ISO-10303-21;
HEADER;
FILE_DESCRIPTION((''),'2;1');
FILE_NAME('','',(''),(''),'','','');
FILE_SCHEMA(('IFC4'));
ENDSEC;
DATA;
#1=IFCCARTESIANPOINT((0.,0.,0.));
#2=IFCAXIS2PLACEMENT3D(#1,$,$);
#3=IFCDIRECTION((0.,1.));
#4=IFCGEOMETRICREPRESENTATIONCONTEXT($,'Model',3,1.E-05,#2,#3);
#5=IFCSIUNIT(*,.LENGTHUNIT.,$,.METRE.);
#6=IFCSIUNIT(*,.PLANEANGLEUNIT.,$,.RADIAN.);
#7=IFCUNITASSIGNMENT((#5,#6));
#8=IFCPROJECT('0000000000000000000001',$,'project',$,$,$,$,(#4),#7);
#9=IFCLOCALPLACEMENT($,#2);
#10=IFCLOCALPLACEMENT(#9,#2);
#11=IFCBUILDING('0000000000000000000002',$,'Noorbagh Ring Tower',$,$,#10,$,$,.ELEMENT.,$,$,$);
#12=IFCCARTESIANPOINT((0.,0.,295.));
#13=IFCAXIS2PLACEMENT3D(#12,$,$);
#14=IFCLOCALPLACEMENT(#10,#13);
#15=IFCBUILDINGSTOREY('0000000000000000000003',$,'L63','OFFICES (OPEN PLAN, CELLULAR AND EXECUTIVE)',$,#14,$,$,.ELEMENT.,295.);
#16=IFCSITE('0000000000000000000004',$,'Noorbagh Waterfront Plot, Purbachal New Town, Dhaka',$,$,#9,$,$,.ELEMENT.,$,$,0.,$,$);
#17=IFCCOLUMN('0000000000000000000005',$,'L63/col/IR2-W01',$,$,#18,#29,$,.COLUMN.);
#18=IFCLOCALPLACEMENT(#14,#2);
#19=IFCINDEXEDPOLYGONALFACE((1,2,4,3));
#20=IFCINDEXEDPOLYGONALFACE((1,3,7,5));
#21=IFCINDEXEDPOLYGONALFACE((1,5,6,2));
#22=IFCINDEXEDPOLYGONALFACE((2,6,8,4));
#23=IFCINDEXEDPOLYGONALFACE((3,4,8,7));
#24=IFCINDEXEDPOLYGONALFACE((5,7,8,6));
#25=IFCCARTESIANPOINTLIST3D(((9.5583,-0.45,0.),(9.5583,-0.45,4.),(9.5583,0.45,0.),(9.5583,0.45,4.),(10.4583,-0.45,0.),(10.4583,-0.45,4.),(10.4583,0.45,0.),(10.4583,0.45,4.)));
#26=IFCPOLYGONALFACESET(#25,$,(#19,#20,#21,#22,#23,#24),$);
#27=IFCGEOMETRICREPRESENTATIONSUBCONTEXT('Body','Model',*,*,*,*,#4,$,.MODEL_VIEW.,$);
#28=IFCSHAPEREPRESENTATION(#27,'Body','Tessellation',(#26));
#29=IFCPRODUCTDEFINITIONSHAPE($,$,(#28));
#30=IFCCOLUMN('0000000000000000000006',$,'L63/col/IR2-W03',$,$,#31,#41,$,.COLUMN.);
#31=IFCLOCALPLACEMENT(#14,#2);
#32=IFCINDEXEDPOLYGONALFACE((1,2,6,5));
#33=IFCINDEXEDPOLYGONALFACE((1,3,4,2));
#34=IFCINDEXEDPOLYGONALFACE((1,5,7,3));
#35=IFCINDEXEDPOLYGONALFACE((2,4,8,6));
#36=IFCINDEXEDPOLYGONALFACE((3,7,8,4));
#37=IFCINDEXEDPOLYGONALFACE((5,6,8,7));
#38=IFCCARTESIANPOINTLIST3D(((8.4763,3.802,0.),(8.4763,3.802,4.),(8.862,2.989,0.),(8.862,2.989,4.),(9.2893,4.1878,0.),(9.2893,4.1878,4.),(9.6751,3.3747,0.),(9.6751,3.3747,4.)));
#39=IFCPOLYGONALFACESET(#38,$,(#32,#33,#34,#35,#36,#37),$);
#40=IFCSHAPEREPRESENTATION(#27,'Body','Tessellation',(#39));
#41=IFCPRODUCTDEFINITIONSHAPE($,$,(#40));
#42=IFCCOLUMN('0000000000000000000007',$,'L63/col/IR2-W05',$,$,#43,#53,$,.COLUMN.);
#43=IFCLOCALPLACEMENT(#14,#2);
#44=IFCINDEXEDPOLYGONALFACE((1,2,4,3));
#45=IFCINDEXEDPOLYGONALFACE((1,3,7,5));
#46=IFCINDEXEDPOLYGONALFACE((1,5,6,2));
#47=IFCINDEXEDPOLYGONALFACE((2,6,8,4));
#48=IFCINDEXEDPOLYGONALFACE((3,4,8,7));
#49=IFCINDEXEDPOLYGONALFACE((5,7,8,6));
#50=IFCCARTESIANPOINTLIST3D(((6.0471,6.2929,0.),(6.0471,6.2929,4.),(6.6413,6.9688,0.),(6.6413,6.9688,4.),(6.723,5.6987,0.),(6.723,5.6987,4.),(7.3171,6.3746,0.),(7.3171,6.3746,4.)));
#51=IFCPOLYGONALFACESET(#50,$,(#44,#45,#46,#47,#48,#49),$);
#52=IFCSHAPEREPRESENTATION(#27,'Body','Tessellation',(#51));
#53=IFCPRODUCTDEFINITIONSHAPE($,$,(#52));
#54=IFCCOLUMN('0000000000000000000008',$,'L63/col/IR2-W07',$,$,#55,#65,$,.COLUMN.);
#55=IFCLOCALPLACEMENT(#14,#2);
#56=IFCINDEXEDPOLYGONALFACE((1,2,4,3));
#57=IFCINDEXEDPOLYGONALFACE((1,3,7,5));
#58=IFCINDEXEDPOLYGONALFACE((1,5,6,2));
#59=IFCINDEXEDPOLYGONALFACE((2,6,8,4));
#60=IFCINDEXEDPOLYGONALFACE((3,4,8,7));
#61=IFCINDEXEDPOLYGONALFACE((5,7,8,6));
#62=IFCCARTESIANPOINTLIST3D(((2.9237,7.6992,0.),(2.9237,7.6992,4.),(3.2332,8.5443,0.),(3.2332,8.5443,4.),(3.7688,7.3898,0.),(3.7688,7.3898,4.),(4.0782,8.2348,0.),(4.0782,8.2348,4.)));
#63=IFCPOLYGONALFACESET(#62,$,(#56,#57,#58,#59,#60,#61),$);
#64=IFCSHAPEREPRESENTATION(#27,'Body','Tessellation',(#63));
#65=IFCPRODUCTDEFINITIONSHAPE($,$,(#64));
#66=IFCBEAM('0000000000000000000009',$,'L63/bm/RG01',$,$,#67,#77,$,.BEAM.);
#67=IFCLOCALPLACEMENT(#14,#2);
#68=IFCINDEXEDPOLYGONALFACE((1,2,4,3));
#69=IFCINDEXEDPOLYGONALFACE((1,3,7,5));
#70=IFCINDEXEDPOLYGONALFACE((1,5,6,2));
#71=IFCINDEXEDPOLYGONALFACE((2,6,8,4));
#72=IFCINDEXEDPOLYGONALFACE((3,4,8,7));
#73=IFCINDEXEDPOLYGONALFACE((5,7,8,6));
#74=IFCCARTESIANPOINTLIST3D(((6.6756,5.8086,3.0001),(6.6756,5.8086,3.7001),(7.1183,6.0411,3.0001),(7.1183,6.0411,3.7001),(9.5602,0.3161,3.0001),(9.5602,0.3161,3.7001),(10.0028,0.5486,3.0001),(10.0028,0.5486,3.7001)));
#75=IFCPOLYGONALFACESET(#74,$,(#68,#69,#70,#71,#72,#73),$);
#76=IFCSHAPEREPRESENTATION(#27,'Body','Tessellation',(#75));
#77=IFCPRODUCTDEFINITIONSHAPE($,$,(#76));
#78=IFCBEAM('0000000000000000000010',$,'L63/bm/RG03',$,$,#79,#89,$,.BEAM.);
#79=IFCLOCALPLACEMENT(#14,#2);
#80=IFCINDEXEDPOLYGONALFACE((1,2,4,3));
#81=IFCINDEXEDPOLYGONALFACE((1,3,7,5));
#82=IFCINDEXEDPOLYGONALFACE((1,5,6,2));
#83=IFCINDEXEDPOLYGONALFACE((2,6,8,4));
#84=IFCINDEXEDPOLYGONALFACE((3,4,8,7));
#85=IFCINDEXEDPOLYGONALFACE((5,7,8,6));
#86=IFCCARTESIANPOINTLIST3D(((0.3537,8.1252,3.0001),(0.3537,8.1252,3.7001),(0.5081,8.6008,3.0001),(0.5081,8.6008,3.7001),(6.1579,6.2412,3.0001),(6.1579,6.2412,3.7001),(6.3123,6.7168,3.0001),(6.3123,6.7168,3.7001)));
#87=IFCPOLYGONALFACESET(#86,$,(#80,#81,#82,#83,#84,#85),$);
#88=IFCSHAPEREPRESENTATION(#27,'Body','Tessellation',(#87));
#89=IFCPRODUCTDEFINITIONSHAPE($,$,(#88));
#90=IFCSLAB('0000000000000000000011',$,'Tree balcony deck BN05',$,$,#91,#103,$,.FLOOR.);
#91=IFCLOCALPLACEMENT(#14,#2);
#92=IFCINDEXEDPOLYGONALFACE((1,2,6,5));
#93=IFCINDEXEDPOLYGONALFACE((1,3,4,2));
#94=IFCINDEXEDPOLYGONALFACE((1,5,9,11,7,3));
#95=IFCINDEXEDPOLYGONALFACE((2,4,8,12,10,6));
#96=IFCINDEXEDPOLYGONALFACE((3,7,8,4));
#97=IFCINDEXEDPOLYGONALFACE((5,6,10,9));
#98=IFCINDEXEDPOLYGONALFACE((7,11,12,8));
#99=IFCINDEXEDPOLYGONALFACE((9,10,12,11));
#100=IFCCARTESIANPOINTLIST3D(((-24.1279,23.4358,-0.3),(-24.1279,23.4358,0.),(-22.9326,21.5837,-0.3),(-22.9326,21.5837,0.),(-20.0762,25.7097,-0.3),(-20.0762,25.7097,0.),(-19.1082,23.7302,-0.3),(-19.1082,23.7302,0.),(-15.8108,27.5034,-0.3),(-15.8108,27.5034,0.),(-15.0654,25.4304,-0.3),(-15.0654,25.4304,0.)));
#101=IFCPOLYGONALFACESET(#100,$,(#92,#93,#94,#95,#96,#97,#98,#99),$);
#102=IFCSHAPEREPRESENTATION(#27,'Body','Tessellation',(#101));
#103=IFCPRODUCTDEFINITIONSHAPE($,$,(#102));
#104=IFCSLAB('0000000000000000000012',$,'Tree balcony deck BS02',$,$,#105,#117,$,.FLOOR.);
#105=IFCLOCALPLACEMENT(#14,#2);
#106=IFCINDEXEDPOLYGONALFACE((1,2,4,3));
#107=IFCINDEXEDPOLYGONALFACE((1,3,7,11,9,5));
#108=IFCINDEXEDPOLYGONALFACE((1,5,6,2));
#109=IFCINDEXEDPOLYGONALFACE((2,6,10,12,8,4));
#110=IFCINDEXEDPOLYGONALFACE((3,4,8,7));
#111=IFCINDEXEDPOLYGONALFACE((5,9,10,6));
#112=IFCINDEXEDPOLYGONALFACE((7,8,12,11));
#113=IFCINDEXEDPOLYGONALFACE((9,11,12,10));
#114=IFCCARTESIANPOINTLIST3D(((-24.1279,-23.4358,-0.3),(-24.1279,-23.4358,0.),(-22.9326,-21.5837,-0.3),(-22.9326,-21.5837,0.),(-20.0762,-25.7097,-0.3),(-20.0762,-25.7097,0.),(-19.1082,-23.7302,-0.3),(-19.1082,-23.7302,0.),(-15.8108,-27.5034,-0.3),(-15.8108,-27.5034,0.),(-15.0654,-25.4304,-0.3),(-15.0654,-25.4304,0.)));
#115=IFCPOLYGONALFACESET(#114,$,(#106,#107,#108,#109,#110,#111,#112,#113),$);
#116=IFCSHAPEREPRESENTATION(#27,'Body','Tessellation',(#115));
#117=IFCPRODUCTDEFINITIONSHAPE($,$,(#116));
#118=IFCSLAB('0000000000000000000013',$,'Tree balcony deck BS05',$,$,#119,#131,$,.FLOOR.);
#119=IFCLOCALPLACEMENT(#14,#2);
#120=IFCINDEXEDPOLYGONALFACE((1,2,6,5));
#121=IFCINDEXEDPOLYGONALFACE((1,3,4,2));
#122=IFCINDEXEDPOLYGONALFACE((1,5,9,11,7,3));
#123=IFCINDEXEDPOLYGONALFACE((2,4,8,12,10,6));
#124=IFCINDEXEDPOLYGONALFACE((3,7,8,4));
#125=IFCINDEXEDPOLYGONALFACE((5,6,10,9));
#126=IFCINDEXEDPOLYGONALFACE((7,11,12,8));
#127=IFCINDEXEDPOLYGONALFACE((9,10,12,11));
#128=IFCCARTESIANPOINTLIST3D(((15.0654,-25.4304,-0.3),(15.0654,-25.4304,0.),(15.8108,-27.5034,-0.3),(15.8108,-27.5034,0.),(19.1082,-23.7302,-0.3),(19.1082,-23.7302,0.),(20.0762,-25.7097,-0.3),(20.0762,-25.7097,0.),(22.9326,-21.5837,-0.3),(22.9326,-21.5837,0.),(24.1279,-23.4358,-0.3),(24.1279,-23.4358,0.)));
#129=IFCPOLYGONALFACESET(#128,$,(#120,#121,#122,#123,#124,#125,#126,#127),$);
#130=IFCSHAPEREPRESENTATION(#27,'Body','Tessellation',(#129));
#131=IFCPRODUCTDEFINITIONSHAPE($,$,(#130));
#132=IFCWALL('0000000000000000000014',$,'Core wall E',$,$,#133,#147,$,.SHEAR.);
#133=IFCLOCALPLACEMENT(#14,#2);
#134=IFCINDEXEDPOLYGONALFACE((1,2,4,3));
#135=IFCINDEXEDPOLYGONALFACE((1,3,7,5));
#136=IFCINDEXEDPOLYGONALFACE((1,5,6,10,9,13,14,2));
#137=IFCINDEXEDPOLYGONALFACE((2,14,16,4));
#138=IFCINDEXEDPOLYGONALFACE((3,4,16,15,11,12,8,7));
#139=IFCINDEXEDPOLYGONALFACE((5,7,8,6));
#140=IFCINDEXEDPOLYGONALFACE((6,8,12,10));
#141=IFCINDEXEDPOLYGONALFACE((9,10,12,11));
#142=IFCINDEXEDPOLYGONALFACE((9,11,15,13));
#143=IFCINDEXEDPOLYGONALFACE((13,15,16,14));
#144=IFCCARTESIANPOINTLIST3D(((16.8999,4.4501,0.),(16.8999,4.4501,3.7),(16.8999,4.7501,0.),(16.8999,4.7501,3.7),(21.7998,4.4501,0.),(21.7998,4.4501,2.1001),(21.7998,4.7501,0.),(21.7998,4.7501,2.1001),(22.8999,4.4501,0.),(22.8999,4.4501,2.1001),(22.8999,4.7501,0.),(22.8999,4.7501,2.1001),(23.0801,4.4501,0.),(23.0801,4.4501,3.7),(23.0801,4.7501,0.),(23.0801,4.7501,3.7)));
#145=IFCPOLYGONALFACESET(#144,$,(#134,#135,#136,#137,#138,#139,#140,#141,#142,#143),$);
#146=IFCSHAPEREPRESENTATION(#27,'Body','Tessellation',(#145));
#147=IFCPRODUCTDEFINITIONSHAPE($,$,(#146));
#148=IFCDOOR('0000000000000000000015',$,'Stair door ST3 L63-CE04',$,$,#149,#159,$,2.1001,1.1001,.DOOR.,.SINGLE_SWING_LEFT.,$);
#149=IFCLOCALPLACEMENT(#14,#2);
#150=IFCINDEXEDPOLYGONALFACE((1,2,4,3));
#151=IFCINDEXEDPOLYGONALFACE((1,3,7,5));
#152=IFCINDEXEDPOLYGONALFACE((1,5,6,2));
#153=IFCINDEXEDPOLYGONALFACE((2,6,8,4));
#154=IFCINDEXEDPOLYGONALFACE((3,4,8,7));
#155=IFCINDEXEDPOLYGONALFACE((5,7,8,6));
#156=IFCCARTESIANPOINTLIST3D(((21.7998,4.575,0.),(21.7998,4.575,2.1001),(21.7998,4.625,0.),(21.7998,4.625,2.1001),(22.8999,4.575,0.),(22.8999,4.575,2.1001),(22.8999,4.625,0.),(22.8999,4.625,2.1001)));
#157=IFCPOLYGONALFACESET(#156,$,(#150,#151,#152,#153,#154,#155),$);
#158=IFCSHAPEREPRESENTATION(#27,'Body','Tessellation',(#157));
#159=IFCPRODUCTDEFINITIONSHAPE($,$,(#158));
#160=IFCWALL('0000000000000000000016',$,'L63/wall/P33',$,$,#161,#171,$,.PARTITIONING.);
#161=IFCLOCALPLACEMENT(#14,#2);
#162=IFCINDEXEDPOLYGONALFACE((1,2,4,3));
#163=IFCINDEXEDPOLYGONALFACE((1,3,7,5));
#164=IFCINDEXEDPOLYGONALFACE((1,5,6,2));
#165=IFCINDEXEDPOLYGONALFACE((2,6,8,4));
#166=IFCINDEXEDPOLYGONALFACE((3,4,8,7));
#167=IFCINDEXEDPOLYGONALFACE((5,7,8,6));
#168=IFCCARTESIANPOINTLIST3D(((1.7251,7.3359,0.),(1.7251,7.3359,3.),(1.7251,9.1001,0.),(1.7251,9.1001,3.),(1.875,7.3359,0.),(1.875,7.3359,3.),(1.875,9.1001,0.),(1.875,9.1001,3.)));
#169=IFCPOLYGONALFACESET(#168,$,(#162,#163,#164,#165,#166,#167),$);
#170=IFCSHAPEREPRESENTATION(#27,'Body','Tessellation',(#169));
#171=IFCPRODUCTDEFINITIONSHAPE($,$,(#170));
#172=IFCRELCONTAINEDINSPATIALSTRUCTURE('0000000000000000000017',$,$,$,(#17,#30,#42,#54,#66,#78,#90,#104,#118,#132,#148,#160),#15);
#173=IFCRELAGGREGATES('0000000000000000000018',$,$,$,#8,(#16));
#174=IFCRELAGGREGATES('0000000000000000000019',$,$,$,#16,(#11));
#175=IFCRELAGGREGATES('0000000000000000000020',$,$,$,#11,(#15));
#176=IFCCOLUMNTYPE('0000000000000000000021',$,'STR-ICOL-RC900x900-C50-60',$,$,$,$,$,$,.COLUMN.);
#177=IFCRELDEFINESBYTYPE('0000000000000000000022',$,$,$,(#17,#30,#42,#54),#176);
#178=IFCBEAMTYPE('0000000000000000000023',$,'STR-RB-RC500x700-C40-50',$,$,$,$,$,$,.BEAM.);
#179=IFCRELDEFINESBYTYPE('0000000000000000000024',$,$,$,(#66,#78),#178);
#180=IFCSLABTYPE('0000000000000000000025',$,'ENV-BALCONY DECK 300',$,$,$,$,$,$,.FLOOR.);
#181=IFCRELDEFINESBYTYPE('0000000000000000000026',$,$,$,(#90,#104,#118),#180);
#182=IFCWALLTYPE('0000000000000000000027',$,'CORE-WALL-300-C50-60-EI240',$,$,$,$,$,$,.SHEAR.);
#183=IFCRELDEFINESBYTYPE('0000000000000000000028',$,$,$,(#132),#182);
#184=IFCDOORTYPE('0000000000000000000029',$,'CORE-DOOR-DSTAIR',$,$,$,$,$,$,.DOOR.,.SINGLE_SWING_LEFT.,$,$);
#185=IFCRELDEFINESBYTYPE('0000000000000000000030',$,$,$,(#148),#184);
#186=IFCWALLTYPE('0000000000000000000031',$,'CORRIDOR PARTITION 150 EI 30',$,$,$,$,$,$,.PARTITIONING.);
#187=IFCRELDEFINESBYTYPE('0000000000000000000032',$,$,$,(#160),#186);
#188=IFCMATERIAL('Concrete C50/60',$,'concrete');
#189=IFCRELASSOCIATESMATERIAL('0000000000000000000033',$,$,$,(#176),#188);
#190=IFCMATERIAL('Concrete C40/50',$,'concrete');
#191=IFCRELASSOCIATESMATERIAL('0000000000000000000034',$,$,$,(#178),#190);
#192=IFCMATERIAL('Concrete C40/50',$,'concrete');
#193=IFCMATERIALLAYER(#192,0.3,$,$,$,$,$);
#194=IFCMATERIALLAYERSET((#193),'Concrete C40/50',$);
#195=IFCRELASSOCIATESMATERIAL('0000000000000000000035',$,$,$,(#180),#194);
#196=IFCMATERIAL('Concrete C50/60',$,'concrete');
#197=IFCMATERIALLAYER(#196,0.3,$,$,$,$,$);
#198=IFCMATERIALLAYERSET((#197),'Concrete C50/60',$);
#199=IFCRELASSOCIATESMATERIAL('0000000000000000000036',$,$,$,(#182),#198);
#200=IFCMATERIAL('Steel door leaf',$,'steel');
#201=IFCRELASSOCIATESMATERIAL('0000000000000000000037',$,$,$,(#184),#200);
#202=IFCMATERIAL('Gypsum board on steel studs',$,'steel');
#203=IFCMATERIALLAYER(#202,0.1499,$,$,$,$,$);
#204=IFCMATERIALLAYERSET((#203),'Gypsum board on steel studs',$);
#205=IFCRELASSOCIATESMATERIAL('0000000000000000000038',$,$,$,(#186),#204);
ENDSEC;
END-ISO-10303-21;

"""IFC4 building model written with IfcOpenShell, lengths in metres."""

from ifc_helpers import new_model, si_unit, direction, frame, frame_2d, origin, origin_2d, place, context, subcontext, project, spatial, polyline, rectangle, outline, extrude, material, layer, layer_set, material_profile, profile_set, type_object, element, fill, save


model = new_model("IFC4")

# Units and contexts
model_context = context("Model", 3, precision=1e-05, world=origin(), true_north=direction((0.0, 1.0)))
body_context = subcontext(model_context, "Body", "Model", "MODEL_VIEW")
ifc_project = project(units=[si_unit("LENGTHUNIT", "METRE"), si_unit("PLANEANGLEUNIT", "RADIAN")], contexts=[model_context])

# Site, building, storey
site_placement = place(None, origin())
site = spatial("IfcSite", under=ifc_project, at=site_placement, Name="Noorbagh Waterfront Plot, Purbachal New Town, Dhaka", CompositionType="ELEMENT", RefElevation=0.0)
building_placement = place(site_placement, origin())
building = spatial("IfcBuilding", under=site, at=building_placement, Name="Noorbagh Ring Tower", CompositionType="ELEMENT")
storey_placement = place(building_placement, frame((0.0, 0.0, 295.0)))
storey = spatial("IfcBuildingStorey", under=building, at=storey_placement, Name="L63", Description="OFFICES (OPEN PLAN, CELLULAR AND EXECUTIVE)", CompositionType="ELEMENT", Elevation=295.0)

# Columns
ifc_material_1 = material(Name="Concrete C50/60", Category="concrete")
ifc_material_profile_1 = material_profile(ifc_material_1, rectangle(XDim=0.8999, YDim=0.8999, at=origin_2d()), Name="RC900x900")
ifc_profile_set_1 = profile_set([ifc_material_profile_1], Name="Concrete C50/60")
column_type = type_object("IfcColumnType", Name="STR-ICOL-RC900x900-C50-60", PredefinedType="COLUMN", material=ifc_profile_set_1)
for number, where, z_axis, x_axis, name in (
    (1, (10.0083, 0.0, 0.0), (0.0, 0.0, 1.0), (0.0, 1.0, 0.0), "L63/col/IR2-W01"),
    (2, (9.0757, 3.5884, 0.0), (0.0, 0.0, 1.0), (-0.428667, 0.903463, 0.0), "L63/col/IR2-W03"),
    (3, (6.6821, 6.3337, 0.0), (0.0, 0.0, 1.0), (-0.751022, 0.660277, 0.0), "L63/col/IR2-W05"),
    (4, (3.501, 7.967, 0.0), (0.0, 0.0, 1.0), (-0.93902, 0.343864, 0.0), "L63/col/IR2-W07"),
):
    element("IfcColumn", number, at=place(storey_placement, frame(where, z_axis=z_axis, x_axis=x_axis)), inside=storey, type_object=column_type, Name=name, PredefinedType="COLUMN", context=body_context, shape_type="SweptSolid", body=[
        extrude(rectangle(XDim=0.8999, YDim=0.8999, at=origin_2d()), origin(), (0.0, 0.0, 1.0), 4.0),
    ])

# Beams
ifc_material_2 = material(Name="Concrete C40/50", Category="concrete")
ifc_material_profile_2 = material_profile(ifc_material_2, rectangle(XDim=0.5, YDim=0.7, at=origin_2d()), Name="RC500x700")
ifc_profile_set_2 = profile_set([ifc_material_profile_2], Name="Concrete C40/50")
beam_type = type_object("IfcBeamType", Name="STR-RB-RC500x700-C40-50", PredefinedType="BEAM", material=ifc_profile_set_2)
beam_1_placement = place(storey_placement, frame((9.7815, 0.4324, 3.3501), z_axis=(-0.46496, 0.885332, 0.0), x_axis=(-0.885332, -0.46496, 0.0)))
element("IfcBeam", 5, at=beam_1_placement, inside=storey, type_object=beam_type, Name="L63/bm/RG01", PredefinedType="BEAM", context=body_context, shape_type="SweptSolid", body=[
    extrude(rectangle(XDim=0.5, YDim=0.7, at=origin_2d()), origin(), (0.0, 0.0, 1.0), 6.2039),
])
beam_2_placement = place(storey_placement, frame((6.2351, 6.479, 3.3501), z_axis=(-0.951146, 0.30874, 0.0), x_axis=(-0.30874, -0.951146, 0.0)))
element("IfcBeam", 6, at=beam_2_placement, inside=storey, type_object=beam_type, Name="L63/bm/RG03", PredefinedType="BEAM", context=body_context, shape_type="SweptSolid", body=[
    extrude(rectangle(XDim=0.5, YDim=0.7, at=origin_2d()), origin(), (0.0, 0.0, 1.0), 6.1023),
])

# Slabs
ifc_material_3 = material(Name="Concrete C40/50", Category="concrete")
ifc_layer_1 = layer(ifc_material_3, 0.3)
ifc_layer_set_1 = layer_set([ifc_layer_1], Name="Concrete C40/50")
slab_type = type_object("IfcSlabType", Name="ENV-BALCONY DECK 300", PredefinedType="FLOOR", material=ifc_layer_set_1)
slab_1_placement = place(storey_placement, frame((0.0, 0.0, -0.3)))
element("IfcSlab", 7, at=slab_1_placement, inside=storey, type_object=slab_type, Name="Tree balcony deck BN05", PredefinedType="FLOOR", context=body_context, shape_type="SweptSolid", body=[
    extrude(outline(polyline([(-15.8108, 27.5034), (-20.0762, 25.7097), (-24.1279, 23.4358), (-22.9326, 21.5837), (-19.1082, 23.7302), (-15.0654, 25.4304), (-15.8108, 27.5034)])), origin(), (0.0, 0.0, 1.0), 0.3),
])
slab_2_placement = place(storey_placement, frame((0.0, 0.0, -0.3)))
element("IfcSlab", 8, at=slab_2_placement, inside=storey, type_object=slab_type, Name="Tree balcony deck BS02", PredefinedType="FLOOR", context=body_context, shape_type="SweptSolid", body=[
    extrude(outline(polyline([(-24.1279, -23.4358), (-20.0762, -25.7097), (-15.8108, -27.5034), (-15.0654, -25.4304), (-19.1082, -23.7302), (-22.9326, -21.5837), (-24.1279, -23.4358)])), origin(), (0.0, 0.0, 1.0), 0.3),
])
slab_3_placement = place(storey_placement, frame((0.0, 0.0, -0.3)))
element("IfcSlab", 9, at=slab_3_placement, inside=storey, type_object=slab_type, Name="Tree balcony deck BS05", PredefinedType="FLOOR", context=body_context, shape_type="SweptSolid", body=[
    extrude(outline(polyline([(15.8108, -27.5034), (20.0762, -25.7097), (24.1279, -23.4358), (22.9326, -21.5837), (19.1082, -23.7302), (15.0654, -25.4304), (15.8108, -27.5034)])), origin(), (0.0, 0.0, 1.0), 0.3),
])

# Wall, opening, door
ifc_material_4 = material(Name="Concrete C50/60", Category="concrete")
ifc_layer_2 = layer(ifc_material_4, 0.3)
ifc_layer_set_2 = layer_set([ifc_layer_2], Name="Concrete C50/60")
wall_type_1 = type_object("IfcWallType", Name="CORE-WALL-300-C50-60-EI240", PredefinedType="SHEAR", material=ifc_layer_set_2)
wall_1_placement = place(storey_placement, frame((16.8999, 4.6001, 0.0), z_axis=(0.0, 0.0, 1.0), x_axis=(1.0, 0.0, 0.0)))
wall_1 = element("IfcWall", 10, at=wall_1_placement, inside=storey, type_object=wall_type_1, Name="Core wall E", PredefinedType="SHEAR", context=body_context, shape_type="SweptSolid", body=[
    extrude(rectangle(XDim=6.1802, YDim=0.3, at=frame_2d((3.0901, 0.0))), origin(), (0.0, 0.0, 1.0), 3.7),
])
opening_1_placement = place(wall_1_placement, frame((4.8999, 0.0, 0.0)))
opening_1 = element("IfcOpeningElement", 11, at=opening_1_placement, cuts=wall_1, PredefinedType="OPENING", context=body_context, shape_type="SweptSolid", body=[
    extrude(rectangle(XDim=1.1001, YDim=2.1001, at=frame_2d((0.55, 1.05))), frame((0.0, 0.1602, 0.0), z_axis=(0.0, -1.0, 0.0), x_axis=(1.0, 0.0, 0.0)), (0.0, 0.0, 1.0), 0.3201),
])
ifc_material_5 = material(Name="Steel door leaf", Category="steel")
door_type_1 = type_object("IfcDoorType", Name="CORE-DOOR-DSTAIR", OperationType="SINGLE_SWING_LEFT", PredefinedType="DOOR", material=ifc_material_5)
door_1_placement = place(opening_1_placement, origin())
door_1 = element("IfcDoor", 12, at=door_1_placement, inside=storey, type_object=door_type_1, Name="Stair door ST3 L63-CE04", OperationType="SINGLE_SWING_LEFT", OverallHeight=2.1001, OverallWidth=1.1001, PredefinedType="DOOR", context=body_context, shape_type="SweptSolid", body=[
    extrude(rectangle(XDim=1.1001, YDim=2.1001, at=frame_2d((0.55, 1.05))), frame((0.0, 0.0249, 0.0), z_axis=(0.0, -1.0, 0.0), x_axis=(1.0, 0.0, 0.0)), (0.0, 0.0, 1.0), 0.05),
])
fill(opening_1, door_1)

# Wall
ifc_material_6 = material(Name="Gypsum board on steel studs", Category="steel")
ifc_layer_3 = layer(ifc_material_6, 0.1499)
ifc_layer_set_3 = layer_set([ifc_layer_3], Name="Gypsum board on steel studs")
wall_type_2 = type_object("IfcWallType", Name="CORRIDOR PARTITION 150 EI 30", PredefinedType="PARTITIONING", material=ifc_layer_set_3)
wall_2_placement = place(storey_placement, frame((1.8, 7.3359, 0.0), z_axis=(0.0, 0.0, 1.0), x_axis=(0.0, 1.0, 0.0)))
element("IfcWall", 13, at=wall_2_placement, inside=storey, type_object=wall_type_2, Name="L63/wall/P33", PredefinedType="PARTITIONING", context=body_context, shape_type="SweptSolid", body=[
    extrude(rectangle(XDim=1.7642, YDim=0.1499, at=frame_2d((0.8821, 0.0))), origin(), (0.0, 0.0, 1.0), 3.0),
])

save(model, "model.ifc")
